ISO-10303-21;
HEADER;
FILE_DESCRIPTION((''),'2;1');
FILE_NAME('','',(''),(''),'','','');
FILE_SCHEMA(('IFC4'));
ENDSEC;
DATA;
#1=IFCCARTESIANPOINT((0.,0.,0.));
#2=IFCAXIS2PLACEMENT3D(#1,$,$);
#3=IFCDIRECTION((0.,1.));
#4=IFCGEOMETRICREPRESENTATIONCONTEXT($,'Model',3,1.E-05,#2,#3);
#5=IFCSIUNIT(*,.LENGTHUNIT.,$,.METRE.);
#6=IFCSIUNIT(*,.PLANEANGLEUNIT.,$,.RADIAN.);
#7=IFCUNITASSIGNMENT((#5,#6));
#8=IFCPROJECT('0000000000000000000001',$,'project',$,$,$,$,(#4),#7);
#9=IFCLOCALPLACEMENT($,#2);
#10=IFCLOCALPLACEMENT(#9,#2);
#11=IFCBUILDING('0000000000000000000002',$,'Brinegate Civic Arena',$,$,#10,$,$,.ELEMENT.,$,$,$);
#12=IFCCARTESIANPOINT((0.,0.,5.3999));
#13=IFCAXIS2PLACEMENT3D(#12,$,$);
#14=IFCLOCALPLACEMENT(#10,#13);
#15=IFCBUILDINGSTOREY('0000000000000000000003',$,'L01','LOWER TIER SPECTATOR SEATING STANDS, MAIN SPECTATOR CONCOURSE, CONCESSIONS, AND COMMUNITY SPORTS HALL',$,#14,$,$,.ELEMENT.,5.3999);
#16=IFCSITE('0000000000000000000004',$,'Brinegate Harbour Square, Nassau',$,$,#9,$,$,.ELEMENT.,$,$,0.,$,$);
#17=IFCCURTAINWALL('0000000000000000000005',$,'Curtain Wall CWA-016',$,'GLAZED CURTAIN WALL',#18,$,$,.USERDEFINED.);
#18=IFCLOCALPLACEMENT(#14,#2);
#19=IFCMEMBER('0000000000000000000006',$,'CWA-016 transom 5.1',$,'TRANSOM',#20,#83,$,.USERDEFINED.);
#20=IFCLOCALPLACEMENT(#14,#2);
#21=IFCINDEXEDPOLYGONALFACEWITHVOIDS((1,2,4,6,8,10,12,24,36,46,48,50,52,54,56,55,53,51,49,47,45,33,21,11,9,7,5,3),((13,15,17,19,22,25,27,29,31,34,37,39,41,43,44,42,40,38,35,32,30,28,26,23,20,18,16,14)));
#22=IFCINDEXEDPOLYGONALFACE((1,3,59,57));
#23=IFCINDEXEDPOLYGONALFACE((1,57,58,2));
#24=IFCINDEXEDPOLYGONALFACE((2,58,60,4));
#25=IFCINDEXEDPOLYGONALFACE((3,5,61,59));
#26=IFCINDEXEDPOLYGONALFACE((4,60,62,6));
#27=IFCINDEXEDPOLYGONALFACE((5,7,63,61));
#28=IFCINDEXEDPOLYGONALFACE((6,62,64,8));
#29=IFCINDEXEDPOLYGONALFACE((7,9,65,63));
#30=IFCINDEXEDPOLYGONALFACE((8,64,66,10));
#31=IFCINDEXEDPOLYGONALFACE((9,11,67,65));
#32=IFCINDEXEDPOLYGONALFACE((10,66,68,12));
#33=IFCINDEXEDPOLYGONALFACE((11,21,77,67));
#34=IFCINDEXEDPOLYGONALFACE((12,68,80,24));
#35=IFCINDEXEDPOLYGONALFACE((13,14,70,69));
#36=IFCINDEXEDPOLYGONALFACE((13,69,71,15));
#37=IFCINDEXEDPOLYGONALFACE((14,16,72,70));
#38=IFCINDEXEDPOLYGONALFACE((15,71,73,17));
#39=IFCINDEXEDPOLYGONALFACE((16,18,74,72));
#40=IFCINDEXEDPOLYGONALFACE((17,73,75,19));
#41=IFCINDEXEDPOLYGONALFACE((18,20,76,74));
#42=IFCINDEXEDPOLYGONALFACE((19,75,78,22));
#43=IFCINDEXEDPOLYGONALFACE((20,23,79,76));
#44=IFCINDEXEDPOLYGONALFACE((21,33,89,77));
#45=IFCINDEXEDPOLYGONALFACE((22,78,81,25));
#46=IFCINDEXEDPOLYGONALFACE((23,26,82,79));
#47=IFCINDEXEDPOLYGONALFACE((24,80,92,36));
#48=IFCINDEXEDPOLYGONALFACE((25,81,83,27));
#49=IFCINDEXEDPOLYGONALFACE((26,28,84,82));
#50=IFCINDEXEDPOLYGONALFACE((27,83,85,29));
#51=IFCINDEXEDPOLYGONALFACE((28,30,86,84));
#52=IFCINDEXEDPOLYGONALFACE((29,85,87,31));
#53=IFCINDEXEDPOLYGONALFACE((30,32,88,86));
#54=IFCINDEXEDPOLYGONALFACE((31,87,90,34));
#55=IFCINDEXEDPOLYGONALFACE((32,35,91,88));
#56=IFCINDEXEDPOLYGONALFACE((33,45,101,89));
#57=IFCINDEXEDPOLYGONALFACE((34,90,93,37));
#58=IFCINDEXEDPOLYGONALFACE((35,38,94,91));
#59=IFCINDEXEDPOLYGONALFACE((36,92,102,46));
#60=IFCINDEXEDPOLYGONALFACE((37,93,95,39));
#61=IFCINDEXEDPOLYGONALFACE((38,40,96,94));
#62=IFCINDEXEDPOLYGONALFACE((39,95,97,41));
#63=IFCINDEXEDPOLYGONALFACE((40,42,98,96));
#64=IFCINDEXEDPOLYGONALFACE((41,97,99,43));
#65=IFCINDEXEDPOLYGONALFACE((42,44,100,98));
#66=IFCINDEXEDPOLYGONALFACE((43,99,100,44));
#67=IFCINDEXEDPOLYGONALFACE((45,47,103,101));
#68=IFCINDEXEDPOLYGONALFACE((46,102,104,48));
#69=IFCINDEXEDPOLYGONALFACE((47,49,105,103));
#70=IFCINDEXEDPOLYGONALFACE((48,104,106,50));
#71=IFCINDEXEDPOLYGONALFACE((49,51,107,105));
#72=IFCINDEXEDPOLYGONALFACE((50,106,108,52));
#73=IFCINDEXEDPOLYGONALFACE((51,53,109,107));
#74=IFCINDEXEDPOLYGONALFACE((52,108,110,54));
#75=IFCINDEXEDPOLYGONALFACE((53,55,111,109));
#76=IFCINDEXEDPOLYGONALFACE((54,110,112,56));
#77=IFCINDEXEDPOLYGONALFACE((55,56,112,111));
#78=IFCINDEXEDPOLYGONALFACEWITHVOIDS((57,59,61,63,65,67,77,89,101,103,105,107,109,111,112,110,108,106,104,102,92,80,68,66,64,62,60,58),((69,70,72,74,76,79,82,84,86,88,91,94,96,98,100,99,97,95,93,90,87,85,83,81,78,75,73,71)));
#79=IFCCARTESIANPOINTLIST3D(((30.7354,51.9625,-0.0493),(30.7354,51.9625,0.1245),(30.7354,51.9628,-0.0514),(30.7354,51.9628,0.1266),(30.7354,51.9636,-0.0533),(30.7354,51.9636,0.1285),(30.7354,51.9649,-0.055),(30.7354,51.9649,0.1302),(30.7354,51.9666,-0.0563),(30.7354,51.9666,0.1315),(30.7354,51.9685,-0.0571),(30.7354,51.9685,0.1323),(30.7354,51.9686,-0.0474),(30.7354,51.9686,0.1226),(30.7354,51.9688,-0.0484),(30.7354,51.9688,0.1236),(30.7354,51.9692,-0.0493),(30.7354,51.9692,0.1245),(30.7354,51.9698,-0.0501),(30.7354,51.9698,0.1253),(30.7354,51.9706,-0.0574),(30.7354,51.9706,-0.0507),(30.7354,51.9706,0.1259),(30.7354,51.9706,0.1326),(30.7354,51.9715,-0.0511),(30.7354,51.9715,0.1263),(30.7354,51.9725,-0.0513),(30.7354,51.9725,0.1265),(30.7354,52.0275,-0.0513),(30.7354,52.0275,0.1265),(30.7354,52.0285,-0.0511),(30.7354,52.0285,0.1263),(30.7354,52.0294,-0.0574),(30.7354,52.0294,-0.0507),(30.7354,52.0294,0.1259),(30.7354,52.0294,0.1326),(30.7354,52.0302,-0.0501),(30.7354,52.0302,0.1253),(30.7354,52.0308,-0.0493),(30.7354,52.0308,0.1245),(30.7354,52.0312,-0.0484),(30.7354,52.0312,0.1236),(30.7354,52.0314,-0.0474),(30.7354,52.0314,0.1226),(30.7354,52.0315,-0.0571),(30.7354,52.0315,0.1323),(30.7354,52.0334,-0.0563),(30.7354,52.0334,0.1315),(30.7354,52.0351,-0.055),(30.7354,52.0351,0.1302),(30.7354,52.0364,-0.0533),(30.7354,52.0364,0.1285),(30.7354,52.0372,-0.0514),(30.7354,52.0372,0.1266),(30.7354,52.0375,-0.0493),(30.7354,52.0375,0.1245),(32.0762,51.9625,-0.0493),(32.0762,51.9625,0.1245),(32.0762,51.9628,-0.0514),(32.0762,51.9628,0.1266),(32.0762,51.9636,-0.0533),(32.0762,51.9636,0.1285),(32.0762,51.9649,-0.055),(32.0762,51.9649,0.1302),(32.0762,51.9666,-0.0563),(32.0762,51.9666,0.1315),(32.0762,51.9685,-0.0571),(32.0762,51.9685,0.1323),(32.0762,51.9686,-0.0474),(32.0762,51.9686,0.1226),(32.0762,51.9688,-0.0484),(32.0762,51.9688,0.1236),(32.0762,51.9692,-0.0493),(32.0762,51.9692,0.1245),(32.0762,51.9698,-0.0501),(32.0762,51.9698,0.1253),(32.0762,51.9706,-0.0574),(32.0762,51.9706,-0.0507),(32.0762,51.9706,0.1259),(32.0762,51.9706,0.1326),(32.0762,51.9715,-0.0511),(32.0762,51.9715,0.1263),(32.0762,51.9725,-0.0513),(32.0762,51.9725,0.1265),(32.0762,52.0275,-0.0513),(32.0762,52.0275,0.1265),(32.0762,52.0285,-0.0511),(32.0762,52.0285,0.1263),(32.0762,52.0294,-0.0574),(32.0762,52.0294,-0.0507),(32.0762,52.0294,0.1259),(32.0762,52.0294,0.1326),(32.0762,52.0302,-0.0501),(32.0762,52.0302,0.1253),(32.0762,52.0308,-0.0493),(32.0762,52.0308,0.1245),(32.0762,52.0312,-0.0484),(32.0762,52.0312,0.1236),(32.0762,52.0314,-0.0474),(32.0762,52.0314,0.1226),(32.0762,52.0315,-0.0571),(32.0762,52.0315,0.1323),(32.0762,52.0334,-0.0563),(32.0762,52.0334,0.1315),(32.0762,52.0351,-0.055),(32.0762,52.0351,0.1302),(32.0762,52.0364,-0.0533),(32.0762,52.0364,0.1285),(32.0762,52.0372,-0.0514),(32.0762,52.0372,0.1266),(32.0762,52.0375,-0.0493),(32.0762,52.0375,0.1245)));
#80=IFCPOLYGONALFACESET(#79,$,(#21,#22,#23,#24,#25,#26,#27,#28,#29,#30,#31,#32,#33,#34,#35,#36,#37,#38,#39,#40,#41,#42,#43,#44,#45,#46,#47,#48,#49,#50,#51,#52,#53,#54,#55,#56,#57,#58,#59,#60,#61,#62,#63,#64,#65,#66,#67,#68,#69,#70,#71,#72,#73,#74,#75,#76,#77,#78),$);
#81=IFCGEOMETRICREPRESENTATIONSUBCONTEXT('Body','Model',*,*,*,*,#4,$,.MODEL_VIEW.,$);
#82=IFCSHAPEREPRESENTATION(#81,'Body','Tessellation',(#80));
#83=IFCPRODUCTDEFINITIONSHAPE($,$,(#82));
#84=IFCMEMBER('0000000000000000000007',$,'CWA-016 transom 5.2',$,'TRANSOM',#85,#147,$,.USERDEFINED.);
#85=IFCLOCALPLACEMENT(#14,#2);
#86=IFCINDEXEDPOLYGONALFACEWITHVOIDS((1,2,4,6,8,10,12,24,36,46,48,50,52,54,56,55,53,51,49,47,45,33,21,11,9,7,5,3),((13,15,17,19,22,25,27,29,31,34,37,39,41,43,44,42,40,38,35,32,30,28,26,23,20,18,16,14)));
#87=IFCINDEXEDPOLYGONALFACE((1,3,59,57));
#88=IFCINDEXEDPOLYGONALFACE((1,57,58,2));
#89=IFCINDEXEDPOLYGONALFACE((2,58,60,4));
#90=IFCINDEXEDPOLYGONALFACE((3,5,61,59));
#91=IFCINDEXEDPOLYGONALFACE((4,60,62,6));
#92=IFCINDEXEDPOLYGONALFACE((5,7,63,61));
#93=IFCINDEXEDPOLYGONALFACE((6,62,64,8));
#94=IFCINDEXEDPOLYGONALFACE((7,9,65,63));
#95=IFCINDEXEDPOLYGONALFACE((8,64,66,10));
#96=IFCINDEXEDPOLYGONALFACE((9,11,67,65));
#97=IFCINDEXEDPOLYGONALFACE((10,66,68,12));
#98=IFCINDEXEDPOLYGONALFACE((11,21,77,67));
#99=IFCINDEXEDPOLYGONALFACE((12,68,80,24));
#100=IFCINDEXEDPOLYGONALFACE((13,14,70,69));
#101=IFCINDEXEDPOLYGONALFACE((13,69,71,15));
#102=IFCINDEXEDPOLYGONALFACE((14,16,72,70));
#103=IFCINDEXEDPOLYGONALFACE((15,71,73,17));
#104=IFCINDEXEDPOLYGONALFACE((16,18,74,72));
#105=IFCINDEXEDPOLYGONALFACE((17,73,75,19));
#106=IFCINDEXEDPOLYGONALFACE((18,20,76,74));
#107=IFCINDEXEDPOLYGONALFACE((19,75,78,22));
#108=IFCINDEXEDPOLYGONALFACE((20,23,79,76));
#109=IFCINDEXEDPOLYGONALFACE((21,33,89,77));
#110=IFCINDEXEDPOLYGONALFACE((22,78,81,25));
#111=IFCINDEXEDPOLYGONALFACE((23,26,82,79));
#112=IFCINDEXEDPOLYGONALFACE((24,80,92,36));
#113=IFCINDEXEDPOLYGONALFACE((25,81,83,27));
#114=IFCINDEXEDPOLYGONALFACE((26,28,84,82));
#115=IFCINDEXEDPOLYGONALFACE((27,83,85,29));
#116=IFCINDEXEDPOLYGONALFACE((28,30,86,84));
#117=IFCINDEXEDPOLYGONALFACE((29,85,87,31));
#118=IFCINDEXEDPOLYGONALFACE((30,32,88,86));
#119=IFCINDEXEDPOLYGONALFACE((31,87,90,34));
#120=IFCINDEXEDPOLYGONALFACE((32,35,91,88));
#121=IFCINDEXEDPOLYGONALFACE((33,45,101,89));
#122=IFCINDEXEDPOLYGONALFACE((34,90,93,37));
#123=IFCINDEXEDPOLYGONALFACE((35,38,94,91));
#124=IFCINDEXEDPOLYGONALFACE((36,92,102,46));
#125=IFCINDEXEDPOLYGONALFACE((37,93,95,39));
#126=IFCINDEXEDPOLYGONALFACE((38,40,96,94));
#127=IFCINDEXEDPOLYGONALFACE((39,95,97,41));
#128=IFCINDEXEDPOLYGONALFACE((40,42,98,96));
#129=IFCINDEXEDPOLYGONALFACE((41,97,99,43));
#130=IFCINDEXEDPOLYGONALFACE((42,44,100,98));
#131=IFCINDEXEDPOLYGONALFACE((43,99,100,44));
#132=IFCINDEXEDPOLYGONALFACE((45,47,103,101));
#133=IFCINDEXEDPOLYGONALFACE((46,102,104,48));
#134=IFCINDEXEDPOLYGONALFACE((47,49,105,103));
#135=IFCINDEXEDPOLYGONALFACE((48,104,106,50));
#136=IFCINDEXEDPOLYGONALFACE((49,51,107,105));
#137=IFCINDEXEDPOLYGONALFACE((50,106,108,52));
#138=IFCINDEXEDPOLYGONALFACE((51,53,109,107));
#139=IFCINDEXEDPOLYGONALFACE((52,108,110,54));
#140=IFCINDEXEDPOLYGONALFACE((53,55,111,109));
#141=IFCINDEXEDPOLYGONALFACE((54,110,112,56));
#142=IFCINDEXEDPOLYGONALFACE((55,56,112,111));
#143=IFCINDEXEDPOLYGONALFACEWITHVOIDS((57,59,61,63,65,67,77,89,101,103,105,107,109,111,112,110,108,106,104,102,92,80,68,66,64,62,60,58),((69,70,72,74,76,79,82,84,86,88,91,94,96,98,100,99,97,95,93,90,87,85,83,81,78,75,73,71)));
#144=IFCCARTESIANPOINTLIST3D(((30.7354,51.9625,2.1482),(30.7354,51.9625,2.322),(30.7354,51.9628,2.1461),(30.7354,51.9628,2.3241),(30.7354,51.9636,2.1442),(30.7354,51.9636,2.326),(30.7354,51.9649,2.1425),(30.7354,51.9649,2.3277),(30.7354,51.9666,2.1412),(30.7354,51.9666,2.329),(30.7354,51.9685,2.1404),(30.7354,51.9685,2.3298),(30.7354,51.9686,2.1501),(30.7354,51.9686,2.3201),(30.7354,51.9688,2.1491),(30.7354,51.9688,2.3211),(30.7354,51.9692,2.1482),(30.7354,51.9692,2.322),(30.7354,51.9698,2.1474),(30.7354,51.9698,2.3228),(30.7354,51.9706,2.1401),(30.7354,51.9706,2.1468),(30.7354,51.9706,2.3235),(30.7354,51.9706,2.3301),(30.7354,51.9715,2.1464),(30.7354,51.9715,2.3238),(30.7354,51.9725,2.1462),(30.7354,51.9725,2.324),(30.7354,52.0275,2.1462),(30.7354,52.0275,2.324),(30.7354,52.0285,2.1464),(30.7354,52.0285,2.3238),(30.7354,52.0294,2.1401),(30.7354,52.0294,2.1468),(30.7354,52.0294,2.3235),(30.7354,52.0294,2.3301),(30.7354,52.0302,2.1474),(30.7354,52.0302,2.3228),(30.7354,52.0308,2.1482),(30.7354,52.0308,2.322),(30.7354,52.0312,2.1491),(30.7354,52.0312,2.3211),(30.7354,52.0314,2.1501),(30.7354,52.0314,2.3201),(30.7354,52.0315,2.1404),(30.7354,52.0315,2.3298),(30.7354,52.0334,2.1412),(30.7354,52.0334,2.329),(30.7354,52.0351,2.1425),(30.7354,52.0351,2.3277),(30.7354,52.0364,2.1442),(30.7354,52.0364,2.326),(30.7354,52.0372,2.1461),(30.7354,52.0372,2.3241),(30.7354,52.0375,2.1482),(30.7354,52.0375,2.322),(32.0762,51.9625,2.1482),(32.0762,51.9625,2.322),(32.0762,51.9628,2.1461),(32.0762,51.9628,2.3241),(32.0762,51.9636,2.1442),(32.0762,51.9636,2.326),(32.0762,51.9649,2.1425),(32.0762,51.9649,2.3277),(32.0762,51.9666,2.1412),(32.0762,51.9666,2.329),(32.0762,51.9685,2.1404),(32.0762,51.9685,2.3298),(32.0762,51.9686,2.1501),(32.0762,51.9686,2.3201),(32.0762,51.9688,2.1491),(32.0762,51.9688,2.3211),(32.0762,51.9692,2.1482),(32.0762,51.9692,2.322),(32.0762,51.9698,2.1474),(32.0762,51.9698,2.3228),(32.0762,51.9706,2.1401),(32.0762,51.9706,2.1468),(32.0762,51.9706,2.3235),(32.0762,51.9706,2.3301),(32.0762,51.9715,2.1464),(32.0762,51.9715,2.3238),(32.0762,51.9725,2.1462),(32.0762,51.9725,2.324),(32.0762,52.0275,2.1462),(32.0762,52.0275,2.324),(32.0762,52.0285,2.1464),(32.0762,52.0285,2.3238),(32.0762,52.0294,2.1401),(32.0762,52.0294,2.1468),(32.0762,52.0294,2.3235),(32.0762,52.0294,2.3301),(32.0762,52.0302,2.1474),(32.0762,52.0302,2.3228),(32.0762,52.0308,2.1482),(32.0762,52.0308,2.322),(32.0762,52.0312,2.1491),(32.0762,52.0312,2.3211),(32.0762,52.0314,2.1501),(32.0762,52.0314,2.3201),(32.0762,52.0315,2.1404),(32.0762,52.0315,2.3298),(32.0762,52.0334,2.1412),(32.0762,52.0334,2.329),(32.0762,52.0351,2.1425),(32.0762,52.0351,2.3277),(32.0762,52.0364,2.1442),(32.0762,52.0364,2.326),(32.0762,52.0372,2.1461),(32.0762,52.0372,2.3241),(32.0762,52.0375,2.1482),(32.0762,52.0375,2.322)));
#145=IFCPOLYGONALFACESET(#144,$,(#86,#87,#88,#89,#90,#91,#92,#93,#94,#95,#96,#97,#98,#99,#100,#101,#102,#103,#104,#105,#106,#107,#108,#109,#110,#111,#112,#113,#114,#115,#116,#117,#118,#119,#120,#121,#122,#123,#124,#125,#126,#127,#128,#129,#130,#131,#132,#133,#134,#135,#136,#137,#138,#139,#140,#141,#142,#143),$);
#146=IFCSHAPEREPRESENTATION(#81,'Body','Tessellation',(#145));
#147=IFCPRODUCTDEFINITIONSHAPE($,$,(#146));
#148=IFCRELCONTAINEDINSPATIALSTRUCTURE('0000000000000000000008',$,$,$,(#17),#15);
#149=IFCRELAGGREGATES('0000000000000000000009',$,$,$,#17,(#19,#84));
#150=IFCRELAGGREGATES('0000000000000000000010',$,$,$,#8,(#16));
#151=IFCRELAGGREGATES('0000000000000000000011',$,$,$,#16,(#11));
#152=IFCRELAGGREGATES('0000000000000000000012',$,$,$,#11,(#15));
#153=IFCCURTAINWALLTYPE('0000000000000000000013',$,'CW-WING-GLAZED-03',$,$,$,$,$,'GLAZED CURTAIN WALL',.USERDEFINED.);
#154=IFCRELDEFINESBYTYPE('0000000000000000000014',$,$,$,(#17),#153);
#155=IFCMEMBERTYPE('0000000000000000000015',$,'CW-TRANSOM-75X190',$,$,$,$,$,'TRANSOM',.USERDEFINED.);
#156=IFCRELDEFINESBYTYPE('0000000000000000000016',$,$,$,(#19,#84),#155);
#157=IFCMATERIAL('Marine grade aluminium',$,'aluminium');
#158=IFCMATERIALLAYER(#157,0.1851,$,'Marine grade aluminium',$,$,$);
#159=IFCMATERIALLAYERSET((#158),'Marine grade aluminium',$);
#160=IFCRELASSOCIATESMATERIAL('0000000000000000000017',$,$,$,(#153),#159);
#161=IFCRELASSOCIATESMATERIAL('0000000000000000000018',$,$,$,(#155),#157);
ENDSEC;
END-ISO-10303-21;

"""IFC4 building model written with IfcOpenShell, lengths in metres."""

from ifc_helpers import new_model, si_unit, direction, frame, origin, origin_2d, place, context, subcontext, project, spatial, hollow_rectangle, extrude, material, layer, layer_set, material_profile, profile_set, type_object, element, aggregate, save


model = new_model("IFC4")

# Units and contexts
model_context = context("Model", 3, precision=1e-05, world=origin(), true_north=direction((0.0, 1.0)))
body_context = subcontext(model_context, "Body", "Model", "MODEL_VIEW")
ifc_project = project(units=[si_unit("LENGTHUNIT", "METRE"), si_unit("PLANEANGLEUNIT", "RADIAN")], contexts=[model_context])

# Site, building, storey
site_placement = place(None, origin())
site = spatial("IfcSite", under=ifc_project, at=site_placement, Name="Brinegate Harbour Square, Nassau", CompositionType="ELEMENT", RefElevation=0.0)
building_placement = place(site_placement, origin())
building = spatial("IfcBuilding", under=site, at=building_placement, Name="Brinegate Civic Arena", CompositionType="ELEMENT")
storey_placement = place(building_placement, frame((0.0, 0.0, 5.3999)))
storey = spatial("IfcBuildingStorey", under=building, at=storey_placement, Name="L01", Description="LOWER TIER SPECTATOR SEATING STANDS, MAIN SPECTATOR CONCOURSE, CONCESSIONS, AND COMMUNITY SPORTS HALL", CompositionType="ELEMENT", Elevation=5.3999)

# Shared definitions
ifc_material_1 = material(Name="Marine grade aluminium", Category="aluminium")

# Curtain wall
ifc_layer_1 = layer(ifc_material_1, 0.1851, Name="Marine grade aluminium")
ifc_layer_set_1 = layer_set([ifc_layer_1], Name="Marine grade aluminium")
curtain_wall_type_1 = type_object("IfcCurtainWallType", Name="CW-WING-GLAZED-03", ElementType="GLAZED CURTAIN WALL", PredefinedType="USERDEFINED", material=ifc_layer_set_1)
curtain_wall_1_placement = place(storey_placement, origin())
curtain_wall_1 = element("IfcCurtainWall", 1, at=curtain_wall_1_placement, inside=storey, type_object=curtain_wall_type_1, Name="Curtain Wall CWA-016", ObjectType="GLAZED CURTAIN WALL", PredefinedType="USERDEFINED")

# Members
ifc_material_profile_1 = material_profile(ifc_material_1, hollow_rectangle(XDim=0.075, YDim=0.1899, WallThickness=0.0061, InnerFilletRadius=0.0039, OuterFilletRadius=0.0081, at=origin_2d()), Name="TRN75X190")
ifc_profile_set_1 = profile_set([ifc_material_profile_1], Name="Marine grade aluminium")
member_type_1 = type_object("IfcMemberType", Name="CW-TRANSOM-75X190", ElementType="TRANSOM", PredefinedType="USERDEFINED", material=ifc_profile_set_1)
member_1_placement = place(storey_placement, frame((30.7354, 52.0, 0.0376), z_axis=(1.0, 0.0, 0.0), x_axis=(0.0, 1.0, 0.0)))
member_1 = element("IfcMember", 2, at=member_1_placement, type_object=member_type_1, Name="CWA-016 transom 5.1", ObjectType="TRANSOM", PredefinedType="USERDEFINED", context=body_context, shape_type="SweptSolid", body=[
    extrude(hollow_rectangle(XDim=0.075, YDim=0.1899, WallThickness=0.0061, InnerFilletRadius=0.0039, OuterFilletRadius=0.0081, at=origin_2d()), origin(), (0.0, 0.0, 1.0), 1.3408),
])
member_2_placement = place(storey_placement, frame((30.7354, 52.0, 2.2351), z_axis=(1.0, 0.0, 0.0), x_axis=(0.0, 1.0, 0.0)))
member_2 = element("IfcMember", 3, at=member_2_placement, type_object=member_type_1, Name="CWA-016 transom 5.2", ObjectType="TRANSOM", PredefinedType="USERDEFINED", context=body_context, shape_type="SweptSolid", body=[
    extrude(hollow_rectangle(XDim=0.075, YDim=0.1899, WallThickness=0.0061, InnerFilletRadius=0.0039, OuterFilletRadius=0.0081, at=origin_2d()), origin(), (0.0, 0.0, 1.0), 1.3408),
])

aggregate(curtain_wall_1, [member_1, member_2])

save(model, "model.ifc")
